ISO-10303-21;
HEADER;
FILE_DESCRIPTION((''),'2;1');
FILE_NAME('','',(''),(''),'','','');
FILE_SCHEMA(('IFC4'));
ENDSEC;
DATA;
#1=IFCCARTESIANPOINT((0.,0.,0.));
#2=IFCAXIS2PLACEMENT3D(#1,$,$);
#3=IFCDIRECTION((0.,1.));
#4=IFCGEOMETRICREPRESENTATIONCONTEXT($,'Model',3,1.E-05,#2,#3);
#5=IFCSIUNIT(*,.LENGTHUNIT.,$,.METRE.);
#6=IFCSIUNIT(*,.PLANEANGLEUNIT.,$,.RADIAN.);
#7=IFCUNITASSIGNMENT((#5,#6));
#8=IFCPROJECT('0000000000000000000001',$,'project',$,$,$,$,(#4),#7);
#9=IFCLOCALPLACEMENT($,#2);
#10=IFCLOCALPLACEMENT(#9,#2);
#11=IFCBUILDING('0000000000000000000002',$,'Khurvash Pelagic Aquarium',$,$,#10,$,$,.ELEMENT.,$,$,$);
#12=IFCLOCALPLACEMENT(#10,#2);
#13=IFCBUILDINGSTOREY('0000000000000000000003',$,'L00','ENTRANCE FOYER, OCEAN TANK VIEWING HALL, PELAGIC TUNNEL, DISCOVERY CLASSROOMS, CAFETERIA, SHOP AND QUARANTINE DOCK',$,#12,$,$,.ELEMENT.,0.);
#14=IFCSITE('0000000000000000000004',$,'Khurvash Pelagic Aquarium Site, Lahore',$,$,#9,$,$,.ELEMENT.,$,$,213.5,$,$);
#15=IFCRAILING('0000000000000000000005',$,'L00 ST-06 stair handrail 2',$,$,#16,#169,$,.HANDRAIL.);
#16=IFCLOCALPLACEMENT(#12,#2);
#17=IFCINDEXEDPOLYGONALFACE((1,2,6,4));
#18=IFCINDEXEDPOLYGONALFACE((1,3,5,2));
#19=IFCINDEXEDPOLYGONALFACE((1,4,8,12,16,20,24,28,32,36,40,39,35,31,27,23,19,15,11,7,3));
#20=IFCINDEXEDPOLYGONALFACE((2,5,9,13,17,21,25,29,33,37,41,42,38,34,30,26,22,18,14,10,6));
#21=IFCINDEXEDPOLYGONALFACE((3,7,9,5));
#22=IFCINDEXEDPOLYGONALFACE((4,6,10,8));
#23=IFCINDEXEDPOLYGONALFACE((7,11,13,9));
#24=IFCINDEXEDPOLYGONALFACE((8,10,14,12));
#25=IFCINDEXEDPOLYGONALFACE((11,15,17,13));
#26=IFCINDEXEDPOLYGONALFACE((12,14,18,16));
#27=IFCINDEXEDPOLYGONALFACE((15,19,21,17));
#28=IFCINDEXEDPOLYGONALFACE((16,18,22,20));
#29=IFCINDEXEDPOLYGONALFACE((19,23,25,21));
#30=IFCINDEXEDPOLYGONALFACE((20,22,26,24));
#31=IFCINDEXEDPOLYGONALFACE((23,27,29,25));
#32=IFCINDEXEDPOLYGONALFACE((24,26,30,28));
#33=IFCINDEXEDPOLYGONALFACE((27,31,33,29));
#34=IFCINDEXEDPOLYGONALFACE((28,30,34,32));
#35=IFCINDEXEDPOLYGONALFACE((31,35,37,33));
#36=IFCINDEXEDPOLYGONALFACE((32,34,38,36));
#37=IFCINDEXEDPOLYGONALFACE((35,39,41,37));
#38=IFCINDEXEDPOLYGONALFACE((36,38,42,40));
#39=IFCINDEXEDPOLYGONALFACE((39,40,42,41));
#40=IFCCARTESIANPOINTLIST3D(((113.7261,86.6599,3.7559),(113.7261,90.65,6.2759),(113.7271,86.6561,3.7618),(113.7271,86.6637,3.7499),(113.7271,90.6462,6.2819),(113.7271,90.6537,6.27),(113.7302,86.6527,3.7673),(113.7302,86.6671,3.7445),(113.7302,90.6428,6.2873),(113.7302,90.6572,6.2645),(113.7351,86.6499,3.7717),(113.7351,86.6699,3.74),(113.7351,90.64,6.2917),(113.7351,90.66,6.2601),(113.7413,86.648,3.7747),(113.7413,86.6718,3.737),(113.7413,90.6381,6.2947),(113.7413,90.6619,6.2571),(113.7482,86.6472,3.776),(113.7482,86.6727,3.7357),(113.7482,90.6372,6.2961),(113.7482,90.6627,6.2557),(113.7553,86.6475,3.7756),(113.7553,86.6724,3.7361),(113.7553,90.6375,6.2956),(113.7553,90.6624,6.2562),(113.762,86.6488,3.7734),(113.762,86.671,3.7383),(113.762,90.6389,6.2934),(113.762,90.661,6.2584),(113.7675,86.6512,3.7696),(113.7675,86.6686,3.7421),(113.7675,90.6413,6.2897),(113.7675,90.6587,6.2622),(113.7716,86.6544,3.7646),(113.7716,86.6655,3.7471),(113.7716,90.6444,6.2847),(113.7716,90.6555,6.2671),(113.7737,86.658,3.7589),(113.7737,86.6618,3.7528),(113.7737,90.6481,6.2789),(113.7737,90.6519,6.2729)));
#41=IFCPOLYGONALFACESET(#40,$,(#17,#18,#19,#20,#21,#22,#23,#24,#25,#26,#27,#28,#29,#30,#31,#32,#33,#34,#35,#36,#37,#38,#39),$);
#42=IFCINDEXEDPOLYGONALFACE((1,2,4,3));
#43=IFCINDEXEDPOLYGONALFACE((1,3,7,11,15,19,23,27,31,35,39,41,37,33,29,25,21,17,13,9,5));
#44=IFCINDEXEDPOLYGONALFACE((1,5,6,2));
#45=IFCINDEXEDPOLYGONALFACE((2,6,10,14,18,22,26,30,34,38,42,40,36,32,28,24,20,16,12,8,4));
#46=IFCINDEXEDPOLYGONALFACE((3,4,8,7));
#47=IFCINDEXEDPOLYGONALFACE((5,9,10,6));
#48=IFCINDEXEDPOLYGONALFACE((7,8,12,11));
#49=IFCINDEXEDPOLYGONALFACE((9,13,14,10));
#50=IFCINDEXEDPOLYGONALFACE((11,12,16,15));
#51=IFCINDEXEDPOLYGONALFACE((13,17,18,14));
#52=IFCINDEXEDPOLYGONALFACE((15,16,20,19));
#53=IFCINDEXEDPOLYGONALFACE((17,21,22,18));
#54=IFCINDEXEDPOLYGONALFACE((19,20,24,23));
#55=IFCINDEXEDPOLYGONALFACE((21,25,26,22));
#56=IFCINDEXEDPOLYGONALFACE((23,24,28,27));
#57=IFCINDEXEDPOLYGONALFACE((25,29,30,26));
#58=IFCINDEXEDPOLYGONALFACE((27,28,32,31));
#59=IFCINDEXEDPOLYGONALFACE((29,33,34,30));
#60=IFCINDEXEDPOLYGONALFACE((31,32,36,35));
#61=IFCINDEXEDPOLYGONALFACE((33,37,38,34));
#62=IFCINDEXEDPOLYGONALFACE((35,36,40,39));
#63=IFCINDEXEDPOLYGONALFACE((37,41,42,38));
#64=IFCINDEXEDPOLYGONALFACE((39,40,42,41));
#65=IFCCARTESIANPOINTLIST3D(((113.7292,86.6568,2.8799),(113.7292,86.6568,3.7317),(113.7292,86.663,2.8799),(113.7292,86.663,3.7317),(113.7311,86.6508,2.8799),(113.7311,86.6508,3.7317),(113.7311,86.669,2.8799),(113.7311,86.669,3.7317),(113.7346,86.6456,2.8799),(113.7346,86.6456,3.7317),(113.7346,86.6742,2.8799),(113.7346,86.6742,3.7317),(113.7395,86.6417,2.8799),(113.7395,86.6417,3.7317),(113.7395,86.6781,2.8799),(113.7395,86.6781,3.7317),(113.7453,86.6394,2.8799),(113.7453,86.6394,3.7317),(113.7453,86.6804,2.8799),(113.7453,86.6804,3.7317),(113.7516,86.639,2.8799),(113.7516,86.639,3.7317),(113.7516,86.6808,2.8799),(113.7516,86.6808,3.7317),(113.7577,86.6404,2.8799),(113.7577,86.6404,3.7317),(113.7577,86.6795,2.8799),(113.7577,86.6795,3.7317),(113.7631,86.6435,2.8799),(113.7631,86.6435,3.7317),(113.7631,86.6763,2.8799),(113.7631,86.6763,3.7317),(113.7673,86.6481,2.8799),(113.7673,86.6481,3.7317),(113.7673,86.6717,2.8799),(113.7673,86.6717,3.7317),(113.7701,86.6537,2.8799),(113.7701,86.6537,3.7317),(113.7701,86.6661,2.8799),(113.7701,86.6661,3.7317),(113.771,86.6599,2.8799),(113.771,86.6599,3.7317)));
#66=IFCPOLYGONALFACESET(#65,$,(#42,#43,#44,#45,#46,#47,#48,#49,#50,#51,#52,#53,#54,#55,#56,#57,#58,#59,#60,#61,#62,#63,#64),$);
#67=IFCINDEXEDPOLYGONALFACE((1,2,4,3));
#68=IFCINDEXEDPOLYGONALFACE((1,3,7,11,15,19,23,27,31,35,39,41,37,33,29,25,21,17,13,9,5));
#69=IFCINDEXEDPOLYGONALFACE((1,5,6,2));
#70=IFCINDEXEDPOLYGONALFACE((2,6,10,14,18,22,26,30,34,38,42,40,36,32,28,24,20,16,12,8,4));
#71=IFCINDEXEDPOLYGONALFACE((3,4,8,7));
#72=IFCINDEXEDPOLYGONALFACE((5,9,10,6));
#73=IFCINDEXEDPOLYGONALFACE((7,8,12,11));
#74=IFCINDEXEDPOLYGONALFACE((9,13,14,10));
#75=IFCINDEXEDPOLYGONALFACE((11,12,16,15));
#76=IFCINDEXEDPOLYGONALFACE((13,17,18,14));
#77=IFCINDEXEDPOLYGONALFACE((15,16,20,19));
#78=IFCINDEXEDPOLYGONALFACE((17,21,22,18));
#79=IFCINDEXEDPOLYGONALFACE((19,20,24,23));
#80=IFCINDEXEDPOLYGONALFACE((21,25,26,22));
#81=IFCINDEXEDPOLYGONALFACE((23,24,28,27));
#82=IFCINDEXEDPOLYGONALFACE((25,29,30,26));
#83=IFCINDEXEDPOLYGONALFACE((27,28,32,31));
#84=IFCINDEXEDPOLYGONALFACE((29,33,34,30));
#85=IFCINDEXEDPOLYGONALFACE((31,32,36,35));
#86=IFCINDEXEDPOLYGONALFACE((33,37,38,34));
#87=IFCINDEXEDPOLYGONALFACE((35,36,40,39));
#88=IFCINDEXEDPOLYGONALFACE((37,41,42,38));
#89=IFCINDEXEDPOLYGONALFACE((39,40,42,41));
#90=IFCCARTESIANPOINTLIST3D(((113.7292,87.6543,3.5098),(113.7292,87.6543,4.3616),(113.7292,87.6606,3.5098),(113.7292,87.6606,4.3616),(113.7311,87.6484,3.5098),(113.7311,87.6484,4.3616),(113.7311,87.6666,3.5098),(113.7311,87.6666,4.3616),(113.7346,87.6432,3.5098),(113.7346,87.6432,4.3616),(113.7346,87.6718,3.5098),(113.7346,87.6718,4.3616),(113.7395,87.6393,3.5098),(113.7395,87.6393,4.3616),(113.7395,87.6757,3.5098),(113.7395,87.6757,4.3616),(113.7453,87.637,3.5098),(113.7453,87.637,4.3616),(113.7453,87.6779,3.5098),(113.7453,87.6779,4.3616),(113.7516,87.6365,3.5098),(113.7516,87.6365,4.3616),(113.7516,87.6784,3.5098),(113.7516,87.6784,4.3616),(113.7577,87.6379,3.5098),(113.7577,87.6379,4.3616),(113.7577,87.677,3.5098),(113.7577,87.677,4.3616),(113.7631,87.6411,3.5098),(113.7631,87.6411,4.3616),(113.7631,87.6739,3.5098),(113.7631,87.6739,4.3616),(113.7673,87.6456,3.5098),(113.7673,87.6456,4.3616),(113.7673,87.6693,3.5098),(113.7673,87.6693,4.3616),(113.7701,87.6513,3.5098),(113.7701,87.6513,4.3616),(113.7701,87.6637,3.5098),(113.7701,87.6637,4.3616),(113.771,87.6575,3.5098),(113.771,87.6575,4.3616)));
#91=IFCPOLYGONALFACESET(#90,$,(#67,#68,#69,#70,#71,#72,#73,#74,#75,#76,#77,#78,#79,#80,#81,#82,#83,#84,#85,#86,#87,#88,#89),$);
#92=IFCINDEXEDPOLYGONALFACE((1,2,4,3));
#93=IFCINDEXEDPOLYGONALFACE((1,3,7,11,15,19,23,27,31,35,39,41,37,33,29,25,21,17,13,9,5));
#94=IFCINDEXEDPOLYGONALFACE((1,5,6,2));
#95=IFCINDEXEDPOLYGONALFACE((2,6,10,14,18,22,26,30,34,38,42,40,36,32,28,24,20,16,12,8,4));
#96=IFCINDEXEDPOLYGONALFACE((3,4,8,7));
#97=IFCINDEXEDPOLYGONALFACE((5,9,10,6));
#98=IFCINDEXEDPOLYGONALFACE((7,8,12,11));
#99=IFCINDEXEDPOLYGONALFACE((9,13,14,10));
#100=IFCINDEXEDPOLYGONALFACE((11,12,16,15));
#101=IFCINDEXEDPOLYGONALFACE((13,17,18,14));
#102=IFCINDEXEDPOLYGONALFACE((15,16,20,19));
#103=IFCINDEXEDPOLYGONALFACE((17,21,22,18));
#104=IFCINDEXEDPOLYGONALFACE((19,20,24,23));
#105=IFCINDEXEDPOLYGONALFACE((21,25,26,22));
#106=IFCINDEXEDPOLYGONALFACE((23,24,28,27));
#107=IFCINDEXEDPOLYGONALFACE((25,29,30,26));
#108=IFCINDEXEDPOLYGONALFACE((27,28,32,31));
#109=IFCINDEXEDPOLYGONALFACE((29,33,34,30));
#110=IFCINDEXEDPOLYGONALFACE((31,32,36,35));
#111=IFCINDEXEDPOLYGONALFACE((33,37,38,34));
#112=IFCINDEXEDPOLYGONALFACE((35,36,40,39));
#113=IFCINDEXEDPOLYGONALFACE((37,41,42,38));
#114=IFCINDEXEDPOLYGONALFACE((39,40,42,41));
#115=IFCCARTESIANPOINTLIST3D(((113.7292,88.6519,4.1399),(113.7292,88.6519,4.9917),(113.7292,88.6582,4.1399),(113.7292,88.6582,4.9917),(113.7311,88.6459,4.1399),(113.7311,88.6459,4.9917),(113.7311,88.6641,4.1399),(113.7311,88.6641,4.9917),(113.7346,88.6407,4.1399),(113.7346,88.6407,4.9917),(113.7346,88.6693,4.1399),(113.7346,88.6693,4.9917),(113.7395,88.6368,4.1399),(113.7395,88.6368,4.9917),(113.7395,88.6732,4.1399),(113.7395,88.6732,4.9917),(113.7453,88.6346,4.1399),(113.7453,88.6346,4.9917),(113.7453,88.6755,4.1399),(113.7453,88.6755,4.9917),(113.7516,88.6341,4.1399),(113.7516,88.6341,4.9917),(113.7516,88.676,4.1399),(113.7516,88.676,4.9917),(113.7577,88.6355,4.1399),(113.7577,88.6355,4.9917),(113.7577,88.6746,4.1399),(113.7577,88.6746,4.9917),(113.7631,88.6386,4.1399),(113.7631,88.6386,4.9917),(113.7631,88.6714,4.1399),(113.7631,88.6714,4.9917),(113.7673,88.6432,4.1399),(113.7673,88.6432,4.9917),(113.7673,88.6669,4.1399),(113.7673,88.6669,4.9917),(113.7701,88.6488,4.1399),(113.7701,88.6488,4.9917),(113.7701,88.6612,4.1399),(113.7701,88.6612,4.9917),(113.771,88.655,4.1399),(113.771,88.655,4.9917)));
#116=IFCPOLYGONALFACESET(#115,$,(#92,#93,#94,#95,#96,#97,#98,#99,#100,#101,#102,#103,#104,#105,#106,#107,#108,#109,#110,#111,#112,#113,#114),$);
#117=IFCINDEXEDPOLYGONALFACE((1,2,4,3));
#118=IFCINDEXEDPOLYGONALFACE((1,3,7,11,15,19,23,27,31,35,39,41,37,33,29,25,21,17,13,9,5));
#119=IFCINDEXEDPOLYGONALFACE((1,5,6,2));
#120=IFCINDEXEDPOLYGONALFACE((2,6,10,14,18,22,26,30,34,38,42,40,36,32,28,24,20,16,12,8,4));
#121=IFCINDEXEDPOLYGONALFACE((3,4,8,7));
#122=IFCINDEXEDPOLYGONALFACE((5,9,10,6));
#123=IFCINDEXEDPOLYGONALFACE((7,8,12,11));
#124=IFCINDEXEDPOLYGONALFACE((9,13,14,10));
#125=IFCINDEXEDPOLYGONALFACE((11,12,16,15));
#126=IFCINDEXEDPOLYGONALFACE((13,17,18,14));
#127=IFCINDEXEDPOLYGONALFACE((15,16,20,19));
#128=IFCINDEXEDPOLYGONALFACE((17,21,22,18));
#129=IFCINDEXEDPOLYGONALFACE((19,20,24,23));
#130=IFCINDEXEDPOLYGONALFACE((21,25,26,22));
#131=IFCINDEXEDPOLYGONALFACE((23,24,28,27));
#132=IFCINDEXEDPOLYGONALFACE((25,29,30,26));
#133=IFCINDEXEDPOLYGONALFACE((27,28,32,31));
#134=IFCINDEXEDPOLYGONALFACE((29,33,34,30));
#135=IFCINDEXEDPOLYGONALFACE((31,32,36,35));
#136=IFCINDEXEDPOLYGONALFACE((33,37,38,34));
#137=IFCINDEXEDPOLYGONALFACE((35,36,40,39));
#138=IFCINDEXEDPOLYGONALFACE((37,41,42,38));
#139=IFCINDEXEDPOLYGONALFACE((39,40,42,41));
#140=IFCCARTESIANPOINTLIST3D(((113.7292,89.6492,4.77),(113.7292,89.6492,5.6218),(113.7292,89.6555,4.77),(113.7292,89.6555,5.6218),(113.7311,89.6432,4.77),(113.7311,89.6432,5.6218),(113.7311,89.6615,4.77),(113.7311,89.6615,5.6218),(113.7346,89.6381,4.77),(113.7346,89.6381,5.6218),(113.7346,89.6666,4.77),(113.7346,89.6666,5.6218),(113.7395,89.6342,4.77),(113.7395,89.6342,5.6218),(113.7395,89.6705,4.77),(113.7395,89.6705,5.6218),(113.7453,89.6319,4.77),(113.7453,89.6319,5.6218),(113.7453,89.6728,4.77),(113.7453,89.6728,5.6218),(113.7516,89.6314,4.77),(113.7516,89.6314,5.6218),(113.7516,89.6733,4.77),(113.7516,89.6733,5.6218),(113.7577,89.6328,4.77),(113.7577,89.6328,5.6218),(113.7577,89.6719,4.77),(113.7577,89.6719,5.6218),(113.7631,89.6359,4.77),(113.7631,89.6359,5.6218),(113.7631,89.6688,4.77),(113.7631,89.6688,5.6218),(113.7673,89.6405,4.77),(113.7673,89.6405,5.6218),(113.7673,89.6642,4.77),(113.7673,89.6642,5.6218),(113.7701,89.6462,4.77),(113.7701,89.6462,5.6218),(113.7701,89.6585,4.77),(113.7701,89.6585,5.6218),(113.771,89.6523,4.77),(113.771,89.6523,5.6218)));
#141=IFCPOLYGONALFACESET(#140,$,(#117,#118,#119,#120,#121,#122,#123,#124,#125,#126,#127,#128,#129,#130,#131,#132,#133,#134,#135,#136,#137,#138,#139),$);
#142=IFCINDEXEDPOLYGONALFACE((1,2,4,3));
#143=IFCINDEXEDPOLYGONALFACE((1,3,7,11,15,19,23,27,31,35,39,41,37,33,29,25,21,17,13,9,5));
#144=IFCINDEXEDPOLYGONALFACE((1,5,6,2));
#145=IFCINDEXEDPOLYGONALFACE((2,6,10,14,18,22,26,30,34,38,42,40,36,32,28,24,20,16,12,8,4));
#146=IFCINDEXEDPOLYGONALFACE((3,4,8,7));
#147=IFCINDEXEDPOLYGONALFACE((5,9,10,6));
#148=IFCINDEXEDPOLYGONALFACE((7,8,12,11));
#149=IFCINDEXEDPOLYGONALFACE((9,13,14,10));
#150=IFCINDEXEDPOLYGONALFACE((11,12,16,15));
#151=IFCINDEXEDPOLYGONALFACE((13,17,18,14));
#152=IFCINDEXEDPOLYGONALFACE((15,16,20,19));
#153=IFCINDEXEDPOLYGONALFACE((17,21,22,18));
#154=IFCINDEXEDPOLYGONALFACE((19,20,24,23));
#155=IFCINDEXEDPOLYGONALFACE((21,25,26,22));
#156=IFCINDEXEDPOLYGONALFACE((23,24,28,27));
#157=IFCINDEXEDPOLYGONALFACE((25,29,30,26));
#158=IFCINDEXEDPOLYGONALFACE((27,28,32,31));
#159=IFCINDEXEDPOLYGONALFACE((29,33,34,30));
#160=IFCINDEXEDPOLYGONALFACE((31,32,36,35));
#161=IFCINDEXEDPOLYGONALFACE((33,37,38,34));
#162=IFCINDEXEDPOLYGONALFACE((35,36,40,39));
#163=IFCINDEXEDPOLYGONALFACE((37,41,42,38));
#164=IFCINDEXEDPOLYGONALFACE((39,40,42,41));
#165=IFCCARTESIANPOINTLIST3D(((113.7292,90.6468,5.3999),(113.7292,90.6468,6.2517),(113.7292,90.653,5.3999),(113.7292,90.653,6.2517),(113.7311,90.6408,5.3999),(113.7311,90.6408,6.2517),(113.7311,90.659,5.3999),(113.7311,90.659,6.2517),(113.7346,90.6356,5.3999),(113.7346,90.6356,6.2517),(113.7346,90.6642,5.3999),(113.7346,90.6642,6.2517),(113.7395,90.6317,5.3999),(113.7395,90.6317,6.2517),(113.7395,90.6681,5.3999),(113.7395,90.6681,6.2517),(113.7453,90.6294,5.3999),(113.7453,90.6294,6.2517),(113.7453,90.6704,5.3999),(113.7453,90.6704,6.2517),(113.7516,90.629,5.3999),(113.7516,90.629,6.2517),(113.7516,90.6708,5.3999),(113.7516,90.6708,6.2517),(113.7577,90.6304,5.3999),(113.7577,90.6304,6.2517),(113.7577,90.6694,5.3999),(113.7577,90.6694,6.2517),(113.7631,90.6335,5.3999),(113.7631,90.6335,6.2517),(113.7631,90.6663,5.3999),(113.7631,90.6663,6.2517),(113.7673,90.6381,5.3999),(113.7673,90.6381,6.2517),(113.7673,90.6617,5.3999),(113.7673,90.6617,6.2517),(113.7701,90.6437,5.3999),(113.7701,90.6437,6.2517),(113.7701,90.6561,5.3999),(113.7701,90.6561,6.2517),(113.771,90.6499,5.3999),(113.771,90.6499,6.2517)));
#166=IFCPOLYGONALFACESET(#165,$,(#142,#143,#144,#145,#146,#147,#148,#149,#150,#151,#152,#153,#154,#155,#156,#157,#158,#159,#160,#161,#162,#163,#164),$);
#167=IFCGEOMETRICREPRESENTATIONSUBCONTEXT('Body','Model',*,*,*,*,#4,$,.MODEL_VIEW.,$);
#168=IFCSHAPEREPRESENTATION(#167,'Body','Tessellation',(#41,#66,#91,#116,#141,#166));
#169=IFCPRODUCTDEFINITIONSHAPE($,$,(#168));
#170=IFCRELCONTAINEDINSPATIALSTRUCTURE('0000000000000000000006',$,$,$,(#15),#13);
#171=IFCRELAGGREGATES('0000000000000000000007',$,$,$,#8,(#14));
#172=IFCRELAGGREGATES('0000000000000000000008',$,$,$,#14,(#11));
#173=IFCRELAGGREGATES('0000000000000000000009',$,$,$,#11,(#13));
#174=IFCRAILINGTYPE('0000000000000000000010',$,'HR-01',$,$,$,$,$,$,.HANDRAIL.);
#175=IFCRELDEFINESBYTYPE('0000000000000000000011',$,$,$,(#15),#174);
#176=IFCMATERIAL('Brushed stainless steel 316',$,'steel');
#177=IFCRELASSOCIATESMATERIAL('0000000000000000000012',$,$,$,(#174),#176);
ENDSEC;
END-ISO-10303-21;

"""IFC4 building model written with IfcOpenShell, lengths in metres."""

from ifc_helpers import new_model, si_unit, direction, frame, origin, origin_2d, place, context, subcontext, project, spatial, circle, extrude, material, type_object, element, save


model = new_model("IFC4")

# Units and contexts
model_context = context("Model", 3, precision=1e-05, world=origin(), true_north=direction((0.0, 1.0)))
body_context = subcontext(model_context, "Body", "Model", "MODEL_VIEW")
ifc_project = project(units=[si_unit("LENGTHUNIT", "METRE"), si_unit("PLANEANGLEUNIT", "RADIAN")], contexts=[model_context])

# Site, building, storey
site_placement = place(None, origin())
site = spatial("IfcSite", under=ifc_project, at=site_placement, Name="Khurvash Pelagic Aquarium Site, Lahore", CompositionType="ELEMENT", RefElevation=213.5)
building_placement = place(site_placement, origin())
building = spatial("IfcBuilding", under=site, at=building_placement, Name="Khurvash Pelagic Aquarium", CompositionType="ELEMENT")
storey_placement = place(building_placement, origin())
storey = spatial("IfcBuildingStorey", under=building, at=storey_placement, Name="L00", Description="ENTRANCE FOYER, OCEAN TANK VIEWING HALL, PELAGIC TUNNEL, DISCOVERY CLASSROOMS, CAFETERIA, SHOP AND QUARANTINE DOCK", CompositionType="ELEMENT", Elevation=0.0)

# Railing
ifc_material_1 = material(Name="Brushed stainless steel 316", Category="steel")
railing_type = type_object("IfcRailingType", Name="HR-01", PredefinedType="HANDRAIL", material=ifc_material_1)
railing_placement = place(storey_placement, frame((113.75, 86.6599, 2.8799)))
element("IfcRailing", 1, at=railing_placement, inside=storey, type_object=railing_type, Name="L00 ST-06 stair handrail 2", PredefinedType="HANDRAIL", context=body_context, shape_type="SweptSolid", body=[
    extrude(circle(Radius=0.0239, at=origin_2d()), frame((0.0, 0.0, 0.876), z_axis=(0.0, 0.845486, 0.533997), x_axis=(-1.0, 0.0, 0.0)), (0.0, 0.0, 1.0), 4.7192),
    extrude(circle(Radius=0.021, at=origin_2d()), origin(), (0.0, 0.0, 1.0), 0.8518),
    extrude(circle(Radius=0.021, at=origin_2d()), frame((0.0, 0.9976, 0.6299)), (0.0, 0.0, 1.0), 0.8518),
    extrude(circle(Radius=0.021, at=origin_2d()), frame((0.0, 1.9951, 1.26)), (0.0, 0.0, 1.0), 0.8518),
    extrude(circle(Radius=0.021, at=origin_2d()), frame((0.0, 2.9924, 1.8901)), (0.0, 0.0, 1.0), 0.8518),
    extrude(circle(Radius=0.021, at=origin_2d()), frame((0.0, 3.99, 2.52)), (0.0, 0.0, 1.0), 0.8518),
])

save(model, "model.ifc")
